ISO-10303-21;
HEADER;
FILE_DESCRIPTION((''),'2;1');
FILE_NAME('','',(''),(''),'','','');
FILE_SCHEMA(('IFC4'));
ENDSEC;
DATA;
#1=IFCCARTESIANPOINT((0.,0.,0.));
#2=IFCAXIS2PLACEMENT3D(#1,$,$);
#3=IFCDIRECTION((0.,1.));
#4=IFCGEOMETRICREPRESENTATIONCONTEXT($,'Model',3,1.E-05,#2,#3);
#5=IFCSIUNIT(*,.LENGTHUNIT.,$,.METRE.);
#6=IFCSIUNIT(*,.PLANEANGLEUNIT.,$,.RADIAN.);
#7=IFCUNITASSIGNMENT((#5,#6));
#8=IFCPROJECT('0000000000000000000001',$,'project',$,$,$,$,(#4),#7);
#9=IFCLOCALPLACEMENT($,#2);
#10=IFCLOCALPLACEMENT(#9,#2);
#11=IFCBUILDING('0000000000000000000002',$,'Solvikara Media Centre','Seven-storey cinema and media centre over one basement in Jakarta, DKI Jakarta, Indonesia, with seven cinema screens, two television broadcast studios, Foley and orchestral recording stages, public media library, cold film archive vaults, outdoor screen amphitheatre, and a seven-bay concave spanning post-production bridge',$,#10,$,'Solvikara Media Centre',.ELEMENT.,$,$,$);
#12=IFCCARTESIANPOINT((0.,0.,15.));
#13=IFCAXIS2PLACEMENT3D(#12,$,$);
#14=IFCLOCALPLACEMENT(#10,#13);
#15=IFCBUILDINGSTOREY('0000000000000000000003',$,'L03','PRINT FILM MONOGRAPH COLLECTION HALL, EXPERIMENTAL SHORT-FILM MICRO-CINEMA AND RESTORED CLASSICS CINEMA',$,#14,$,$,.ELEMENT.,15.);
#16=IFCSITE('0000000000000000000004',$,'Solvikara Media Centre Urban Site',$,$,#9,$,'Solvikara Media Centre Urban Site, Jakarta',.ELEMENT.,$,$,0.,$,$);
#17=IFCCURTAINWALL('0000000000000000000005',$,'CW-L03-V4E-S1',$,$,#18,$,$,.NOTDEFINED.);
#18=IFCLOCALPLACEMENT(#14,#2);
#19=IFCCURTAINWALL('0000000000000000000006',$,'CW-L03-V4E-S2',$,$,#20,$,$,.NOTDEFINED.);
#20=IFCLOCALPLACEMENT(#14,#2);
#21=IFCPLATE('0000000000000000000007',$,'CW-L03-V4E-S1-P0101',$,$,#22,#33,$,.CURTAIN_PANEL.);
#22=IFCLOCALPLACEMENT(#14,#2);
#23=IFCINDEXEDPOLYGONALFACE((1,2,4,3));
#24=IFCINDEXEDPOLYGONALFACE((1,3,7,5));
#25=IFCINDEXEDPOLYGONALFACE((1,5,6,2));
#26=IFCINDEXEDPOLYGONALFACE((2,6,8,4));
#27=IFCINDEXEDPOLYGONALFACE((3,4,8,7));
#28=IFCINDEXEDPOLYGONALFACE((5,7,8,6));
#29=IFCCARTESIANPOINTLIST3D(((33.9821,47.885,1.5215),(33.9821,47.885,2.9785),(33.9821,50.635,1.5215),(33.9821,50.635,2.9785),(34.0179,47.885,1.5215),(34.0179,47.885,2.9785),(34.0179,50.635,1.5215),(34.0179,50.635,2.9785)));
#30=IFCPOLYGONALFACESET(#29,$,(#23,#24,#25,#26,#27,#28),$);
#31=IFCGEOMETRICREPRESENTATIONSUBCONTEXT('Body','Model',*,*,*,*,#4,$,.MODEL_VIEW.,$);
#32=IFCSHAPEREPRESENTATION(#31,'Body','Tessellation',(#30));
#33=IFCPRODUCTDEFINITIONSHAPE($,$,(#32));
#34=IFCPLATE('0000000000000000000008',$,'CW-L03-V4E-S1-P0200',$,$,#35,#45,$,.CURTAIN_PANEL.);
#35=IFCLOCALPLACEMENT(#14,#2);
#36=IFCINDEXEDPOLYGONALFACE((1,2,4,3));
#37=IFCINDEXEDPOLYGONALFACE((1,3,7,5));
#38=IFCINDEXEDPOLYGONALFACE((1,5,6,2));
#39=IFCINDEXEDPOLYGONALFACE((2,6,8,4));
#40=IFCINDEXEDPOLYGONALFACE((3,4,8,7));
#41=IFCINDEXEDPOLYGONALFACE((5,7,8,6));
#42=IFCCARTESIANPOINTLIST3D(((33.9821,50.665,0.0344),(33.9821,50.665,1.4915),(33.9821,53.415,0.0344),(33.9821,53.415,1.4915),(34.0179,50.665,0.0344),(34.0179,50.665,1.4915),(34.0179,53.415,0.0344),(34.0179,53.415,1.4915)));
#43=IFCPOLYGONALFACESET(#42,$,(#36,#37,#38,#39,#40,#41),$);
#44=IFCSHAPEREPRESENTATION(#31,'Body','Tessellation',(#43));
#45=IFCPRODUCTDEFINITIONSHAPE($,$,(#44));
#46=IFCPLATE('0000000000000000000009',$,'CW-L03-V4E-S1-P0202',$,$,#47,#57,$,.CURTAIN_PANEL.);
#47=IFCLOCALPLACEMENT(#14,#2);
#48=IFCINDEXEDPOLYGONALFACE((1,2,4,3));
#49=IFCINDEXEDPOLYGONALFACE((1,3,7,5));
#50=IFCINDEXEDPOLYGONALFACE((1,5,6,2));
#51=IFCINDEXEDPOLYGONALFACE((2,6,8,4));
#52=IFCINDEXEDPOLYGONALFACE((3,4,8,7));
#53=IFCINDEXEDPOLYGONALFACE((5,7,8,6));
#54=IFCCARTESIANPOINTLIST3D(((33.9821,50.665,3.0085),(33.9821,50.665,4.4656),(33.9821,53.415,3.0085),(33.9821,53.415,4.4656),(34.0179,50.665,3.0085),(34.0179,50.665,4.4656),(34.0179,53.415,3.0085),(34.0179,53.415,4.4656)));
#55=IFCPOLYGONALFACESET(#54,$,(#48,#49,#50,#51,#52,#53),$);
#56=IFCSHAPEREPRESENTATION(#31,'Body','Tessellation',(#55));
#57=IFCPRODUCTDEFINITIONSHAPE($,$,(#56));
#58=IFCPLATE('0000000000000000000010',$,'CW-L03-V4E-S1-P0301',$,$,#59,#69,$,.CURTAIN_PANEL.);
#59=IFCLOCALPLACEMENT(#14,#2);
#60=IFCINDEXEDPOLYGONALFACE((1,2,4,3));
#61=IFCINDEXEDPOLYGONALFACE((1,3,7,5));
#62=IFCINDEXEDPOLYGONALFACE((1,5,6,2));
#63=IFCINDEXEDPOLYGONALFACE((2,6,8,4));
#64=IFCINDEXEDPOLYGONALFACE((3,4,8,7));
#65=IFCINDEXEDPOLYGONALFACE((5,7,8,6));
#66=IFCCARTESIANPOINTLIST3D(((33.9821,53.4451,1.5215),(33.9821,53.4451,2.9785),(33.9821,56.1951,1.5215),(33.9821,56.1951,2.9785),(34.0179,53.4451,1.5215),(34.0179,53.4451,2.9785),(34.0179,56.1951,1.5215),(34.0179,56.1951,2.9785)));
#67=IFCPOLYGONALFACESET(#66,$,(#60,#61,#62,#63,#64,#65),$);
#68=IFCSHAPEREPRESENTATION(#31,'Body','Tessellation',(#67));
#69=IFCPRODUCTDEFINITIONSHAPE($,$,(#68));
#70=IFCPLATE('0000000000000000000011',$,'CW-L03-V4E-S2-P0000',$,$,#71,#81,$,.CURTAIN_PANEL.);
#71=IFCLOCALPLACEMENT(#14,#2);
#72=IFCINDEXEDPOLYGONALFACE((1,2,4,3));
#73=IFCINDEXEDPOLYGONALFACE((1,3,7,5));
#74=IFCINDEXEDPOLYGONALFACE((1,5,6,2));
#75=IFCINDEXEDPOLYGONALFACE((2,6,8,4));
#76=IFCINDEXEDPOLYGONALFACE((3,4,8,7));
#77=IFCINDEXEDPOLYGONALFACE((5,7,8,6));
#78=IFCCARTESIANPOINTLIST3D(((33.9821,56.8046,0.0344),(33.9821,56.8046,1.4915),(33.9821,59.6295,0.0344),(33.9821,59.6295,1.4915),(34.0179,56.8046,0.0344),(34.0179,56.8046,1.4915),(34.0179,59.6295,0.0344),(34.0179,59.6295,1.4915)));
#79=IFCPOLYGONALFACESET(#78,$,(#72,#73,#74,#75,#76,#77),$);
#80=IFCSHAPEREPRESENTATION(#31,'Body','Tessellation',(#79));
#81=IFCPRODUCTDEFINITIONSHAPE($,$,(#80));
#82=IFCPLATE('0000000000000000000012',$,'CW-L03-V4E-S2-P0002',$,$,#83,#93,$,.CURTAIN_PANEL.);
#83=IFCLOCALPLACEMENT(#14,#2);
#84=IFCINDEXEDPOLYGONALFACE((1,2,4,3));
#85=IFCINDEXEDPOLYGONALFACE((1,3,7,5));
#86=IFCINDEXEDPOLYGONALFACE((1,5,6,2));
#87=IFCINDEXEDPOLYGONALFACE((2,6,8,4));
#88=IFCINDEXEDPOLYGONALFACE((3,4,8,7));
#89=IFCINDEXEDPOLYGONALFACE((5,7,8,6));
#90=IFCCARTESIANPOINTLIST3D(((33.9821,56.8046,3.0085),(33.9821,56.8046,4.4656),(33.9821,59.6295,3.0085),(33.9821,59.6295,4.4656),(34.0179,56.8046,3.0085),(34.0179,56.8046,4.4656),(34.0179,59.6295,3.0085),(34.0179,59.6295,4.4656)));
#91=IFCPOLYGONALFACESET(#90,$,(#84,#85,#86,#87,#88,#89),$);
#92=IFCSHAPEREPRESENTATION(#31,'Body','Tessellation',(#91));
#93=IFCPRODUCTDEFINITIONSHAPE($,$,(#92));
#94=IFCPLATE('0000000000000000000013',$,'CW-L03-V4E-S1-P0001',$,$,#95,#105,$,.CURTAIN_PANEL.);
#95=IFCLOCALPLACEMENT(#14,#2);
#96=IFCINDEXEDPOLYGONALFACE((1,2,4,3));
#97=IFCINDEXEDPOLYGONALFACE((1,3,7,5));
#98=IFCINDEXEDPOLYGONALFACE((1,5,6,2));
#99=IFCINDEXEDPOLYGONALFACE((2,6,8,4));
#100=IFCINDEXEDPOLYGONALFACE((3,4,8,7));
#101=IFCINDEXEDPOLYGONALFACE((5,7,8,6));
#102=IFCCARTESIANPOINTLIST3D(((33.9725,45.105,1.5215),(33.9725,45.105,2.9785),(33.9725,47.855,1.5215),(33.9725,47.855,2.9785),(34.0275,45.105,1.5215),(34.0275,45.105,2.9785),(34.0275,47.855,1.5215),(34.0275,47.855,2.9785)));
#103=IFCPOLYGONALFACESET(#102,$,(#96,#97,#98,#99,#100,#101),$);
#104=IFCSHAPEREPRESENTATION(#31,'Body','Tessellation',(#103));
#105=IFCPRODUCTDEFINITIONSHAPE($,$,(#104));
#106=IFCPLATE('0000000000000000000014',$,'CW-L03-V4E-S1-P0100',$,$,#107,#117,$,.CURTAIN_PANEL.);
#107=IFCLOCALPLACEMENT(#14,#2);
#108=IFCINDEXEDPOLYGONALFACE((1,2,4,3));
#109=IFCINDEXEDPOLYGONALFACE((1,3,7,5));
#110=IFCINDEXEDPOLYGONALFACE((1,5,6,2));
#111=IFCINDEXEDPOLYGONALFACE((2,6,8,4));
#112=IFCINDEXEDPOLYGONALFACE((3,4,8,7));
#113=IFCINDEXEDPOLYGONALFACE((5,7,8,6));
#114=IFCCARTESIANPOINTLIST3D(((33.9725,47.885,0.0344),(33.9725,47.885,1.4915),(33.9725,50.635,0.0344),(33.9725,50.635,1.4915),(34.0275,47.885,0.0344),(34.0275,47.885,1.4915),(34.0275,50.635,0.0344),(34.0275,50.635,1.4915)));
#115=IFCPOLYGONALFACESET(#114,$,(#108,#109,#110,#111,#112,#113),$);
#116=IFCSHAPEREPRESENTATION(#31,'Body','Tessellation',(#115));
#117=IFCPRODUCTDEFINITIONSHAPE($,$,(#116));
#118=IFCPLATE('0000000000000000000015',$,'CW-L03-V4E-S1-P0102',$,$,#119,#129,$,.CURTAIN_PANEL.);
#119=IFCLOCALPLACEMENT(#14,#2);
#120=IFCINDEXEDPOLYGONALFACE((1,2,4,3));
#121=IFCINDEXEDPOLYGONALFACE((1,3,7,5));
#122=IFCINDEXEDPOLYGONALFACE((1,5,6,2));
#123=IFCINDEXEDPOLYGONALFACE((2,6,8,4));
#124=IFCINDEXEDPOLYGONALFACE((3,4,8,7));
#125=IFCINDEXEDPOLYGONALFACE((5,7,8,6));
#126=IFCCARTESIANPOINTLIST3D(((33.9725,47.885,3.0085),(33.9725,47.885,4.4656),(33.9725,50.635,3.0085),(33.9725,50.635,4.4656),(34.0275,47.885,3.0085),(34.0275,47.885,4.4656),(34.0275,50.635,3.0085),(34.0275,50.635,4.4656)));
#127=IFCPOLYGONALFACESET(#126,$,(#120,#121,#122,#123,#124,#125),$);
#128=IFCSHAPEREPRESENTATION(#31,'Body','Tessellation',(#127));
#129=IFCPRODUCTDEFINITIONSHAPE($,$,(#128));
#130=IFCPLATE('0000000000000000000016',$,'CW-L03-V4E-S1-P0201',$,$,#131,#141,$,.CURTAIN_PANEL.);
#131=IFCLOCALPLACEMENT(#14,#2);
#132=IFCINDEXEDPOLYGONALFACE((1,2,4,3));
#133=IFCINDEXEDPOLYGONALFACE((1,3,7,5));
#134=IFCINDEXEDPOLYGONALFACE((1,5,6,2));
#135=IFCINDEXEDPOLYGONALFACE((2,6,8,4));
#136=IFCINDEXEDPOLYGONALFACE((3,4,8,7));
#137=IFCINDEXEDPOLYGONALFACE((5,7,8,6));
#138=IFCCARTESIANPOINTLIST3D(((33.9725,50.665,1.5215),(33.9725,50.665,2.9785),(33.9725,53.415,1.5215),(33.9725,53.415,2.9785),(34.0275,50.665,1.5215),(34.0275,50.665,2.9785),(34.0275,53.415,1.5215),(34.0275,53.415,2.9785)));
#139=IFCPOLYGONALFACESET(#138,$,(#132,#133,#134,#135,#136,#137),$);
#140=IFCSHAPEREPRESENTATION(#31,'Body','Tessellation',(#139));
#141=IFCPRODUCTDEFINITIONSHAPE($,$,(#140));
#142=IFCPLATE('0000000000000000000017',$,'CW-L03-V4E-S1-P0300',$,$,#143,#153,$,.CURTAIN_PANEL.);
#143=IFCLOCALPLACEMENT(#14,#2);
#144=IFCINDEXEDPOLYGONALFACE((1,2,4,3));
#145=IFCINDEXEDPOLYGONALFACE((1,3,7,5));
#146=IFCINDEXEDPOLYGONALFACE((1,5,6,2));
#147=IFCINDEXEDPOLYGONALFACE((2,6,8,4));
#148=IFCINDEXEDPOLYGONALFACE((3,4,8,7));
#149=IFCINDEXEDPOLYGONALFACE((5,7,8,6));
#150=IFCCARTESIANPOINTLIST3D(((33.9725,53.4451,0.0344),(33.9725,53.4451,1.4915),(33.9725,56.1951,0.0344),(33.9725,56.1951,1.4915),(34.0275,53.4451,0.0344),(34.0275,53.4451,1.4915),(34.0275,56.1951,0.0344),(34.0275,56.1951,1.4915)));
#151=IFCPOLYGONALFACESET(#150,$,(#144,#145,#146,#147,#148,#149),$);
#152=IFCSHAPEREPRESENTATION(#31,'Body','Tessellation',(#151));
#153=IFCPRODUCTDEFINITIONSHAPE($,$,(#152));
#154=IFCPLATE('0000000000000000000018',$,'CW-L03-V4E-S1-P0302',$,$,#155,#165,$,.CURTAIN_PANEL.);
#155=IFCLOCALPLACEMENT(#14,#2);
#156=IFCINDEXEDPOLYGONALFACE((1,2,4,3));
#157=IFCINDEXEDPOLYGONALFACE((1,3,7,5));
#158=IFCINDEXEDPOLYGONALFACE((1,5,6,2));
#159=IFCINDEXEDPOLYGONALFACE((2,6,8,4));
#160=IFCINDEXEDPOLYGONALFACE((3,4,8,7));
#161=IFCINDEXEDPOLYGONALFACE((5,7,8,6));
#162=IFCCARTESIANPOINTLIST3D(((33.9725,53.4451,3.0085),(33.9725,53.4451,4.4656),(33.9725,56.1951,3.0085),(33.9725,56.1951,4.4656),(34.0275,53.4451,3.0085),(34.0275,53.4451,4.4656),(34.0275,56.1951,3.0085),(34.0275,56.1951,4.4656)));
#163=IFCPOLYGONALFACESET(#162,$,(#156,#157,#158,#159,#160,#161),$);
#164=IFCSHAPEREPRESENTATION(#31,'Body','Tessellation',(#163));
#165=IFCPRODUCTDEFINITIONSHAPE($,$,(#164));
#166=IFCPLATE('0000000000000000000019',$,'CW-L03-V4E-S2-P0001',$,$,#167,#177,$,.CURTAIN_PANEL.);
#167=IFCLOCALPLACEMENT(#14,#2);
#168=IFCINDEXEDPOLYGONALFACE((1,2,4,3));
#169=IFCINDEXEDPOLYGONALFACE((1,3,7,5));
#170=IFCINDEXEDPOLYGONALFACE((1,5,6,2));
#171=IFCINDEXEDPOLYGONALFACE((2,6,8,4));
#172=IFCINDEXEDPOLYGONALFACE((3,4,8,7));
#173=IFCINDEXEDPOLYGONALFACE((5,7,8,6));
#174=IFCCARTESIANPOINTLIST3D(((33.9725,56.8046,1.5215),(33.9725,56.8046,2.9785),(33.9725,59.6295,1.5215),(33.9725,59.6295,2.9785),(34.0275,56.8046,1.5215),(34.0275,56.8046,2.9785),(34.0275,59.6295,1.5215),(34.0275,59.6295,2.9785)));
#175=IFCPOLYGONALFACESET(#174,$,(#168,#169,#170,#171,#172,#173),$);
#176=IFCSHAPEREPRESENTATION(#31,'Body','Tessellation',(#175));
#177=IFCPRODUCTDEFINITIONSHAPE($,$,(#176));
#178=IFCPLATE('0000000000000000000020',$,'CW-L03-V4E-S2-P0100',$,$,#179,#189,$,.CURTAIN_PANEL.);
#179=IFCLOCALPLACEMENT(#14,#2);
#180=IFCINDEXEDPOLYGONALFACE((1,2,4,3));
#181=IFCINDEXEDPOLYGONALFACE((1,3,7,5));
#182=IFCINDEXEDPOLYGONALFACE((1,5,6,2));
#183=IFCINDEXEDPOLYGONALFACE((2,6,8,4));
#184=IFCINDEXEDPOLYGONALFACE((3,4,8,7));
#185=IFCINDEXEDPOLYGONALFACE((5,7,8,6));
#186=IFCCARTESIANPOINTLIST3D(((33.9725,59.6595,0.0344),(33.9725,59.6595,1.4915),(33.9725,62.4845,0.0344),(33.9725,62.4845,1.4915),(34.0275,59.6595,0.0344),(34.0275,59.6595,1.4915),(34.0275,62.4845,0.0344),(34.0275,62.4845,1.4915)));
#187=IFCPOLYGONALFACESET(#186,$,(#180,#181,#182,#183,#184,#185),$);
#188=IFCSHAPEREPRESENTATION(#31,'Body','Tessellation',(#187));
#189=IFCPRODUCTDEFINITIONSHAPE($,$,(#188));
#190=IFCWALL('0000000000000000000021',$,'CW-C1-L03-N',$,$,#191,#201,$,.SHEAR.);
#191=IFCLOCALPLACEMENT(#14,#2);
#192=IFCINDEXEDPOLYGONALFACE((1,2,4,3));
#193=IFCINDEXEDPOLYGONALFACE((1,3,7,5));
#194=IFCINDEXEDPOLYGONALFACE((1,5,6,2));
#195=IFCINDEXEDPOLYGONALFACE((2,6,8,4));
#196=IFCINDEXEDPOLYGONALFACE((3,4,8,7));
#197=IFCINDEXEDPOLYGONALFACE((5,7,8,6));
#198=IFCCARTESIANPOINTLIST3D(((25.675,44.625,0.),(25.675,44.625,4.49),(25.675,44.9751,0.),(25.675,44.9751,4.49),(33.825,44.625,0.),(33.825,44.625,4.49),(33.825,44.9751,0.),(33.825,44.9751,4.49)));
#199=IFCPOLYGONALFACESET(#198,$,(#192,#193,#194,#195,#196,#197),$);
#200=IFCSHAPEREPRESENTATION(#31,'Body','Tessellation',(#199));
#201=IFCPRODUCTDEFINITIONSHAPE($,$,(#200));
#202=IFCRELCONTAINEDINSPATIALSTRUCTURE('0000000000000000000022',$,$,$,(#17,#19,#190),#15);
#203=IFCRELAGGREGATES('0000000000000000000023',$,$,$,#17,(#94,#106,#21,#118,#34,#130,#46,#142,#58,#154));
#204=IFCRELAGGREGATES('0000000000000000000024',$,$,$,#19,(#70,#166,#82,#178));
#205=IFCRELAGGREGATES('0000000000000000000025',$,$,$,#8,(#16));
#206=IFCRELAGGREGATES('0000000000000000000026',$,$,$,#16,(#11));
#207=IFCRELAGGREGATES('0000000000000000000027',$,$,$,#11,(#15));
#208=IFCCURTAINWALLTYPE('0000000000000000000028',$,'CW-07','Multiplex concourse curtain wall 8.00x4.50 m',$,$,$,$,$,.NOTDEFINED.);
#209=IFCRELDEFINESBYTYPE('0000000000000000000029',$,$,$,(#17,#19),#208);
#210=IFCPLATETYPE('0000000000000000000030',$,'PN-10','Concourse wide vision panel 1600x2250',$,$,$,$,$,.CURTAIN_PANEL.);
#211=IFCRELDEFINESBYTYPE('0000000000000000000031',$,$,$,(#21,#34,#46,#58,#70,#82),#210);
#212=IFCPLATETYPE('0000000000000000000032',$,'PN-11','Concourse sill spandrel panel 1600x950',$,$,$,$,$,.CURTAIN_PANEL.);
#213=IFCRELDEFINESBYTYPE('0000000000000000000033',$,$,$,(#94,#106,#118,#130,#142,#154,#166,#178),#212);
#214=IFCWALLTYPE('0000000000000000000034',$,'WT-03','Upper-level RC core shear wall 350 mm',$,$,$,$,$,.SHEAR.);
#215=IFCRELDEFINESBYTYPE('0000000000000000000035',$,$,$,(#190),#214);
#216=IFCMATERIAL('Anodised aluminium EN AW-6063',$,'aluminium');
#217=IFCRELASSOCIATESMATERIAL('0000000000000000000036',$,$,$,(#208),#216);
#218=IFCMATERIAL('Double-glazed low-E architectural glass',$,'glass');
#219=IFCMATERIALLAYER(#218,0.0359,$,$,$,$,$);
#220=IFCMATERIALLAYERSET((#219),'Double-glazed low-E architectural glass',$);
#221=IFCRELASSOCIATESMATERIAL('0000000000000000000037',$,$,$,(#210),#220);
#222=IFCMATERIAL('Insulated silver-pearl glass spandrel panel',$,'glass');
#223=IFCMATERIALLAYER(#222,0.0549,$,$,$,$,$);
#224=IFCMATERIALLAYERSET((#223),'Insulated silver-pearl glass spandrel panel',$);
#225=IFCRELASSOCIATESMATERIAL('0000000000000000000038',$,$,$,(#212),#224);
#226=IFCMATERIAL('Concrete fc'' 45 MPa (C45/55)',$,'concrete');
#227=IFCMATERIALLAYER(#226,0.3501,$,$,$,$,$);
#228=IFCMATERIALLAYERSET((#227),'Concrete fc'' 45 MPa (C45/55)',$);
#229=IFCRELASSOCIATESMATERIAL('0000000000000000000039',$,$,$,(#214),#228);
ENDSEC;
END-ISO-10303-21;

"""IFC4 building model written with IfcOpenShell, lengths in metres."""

from ifc_helpers import new_model, si_unit, direction, frame, frame_2d, origin, origin_2d, place, context, subcontext, project, spatial, rectangle, extrude, material, layer, layer_set, type_object, element, aggregate, save


model = new_model("IFC4")

# Units and contexts
model_context = context("Model", 3, precision=1e-05, world=origin(), true_north=direction((0.0, 1.0)))
body_context = subcontext(model_context, "Body", "Model", "MODEL_VIEW")
ifc_project = project(units=[si_unit("LENGTHUNIT", "METRE"), si_unit("PLANEANGLEUNIT", "RADIAN")], contexts=[model_context])

# Site, building, storey
site_placement = place(None, origin())
site = spatial("IfcSite", under=ifc_project, at=site_placement, Name="Solvikara Media Centre Urban Site", LongName="Solvikara Media Centre Urban Site, Jakarta", CompositionType="ELEMENT", RefElevation=0.0)
building_placement = place(site_placement, origin())
building = spatial("IfcBuilding", under=site, at=building_placement, Name="Solvikara Media Centre", Description="Seven-storey cinema and media centre over one basement in Jakarta, DKI Jakarta, Indonesia, with seven cinema screens, two television broadcast studios, Foley and orchestral recording stages, public media library, cold film archive vaults, outdoor screen amphitheatre, and a seven-bay concave spanning post-production bridge", LongName="Solvikara Media Centre", CompositionType="ELEMENT")
storey_placement = place(building_placement, frame((0.0, 0.0, 15.0)))
storey = spatial("IfcBuildingStorey", under=building, at=storey_placement, Name="L03", Description="PRINT FILM MONOGRAPH COLLECTION HALL, EXPERIMENTAL SHORT-FILM MICRO-CINEMA AND RESTORED CLASSICS CINEMA", CompositionType="ELEMENT", Elevation=15.0)

# Curtain walls
ifc_material_1 = material(Name="Anodised aluminium EN AW-6063", Category="aluminium")
curtain_wall_type = type_object("IfcCurtainWallType", Name="CW-07", Description="Multiplex concourse curtain wall 8.00x4.50 m", PredefinedType="NOTDEFINED", material=ifc_material_1)
curtain_wall_1_placement = place(storey_placement, origin())
curtain_wall_1 = element("IfcCurtainWall", 1, at=curtain_wall_1_placement, inside=storey, type_object=curtain_wall_type, Name="CW-L03-V4E-S1", PredefinedType="NOTDEFINED")
curtain_wall_2_placement = place(storey_placement, origin())
curtain_wall_2 = element("IfcCurtainWall", 2, at=curtain_wall_2_placement, inside=storey, type_object=curtain_wall_type, Name="CW-L03-V4E-S2", PredefinedType="NOTDEFINED")

# Plates
ifc_material_2 = material(Name="Double-glazed low-E architectural glass", Category="glass")
ifc_layer_1 = layer(ifc_material_2, 0.0359)
ifc_layer_set_1 = layer_set([ifc_layer_1], Name="Double-glazed low-E architectural glass")
plate_type_1 = type_object("IfcPlateType", Name="PN-10", Description="Concourse wide vision panel 1600x2250", PredefinedType="CURTAIN_PANEL", material=ifc_layer_set_1)
plate_1_placement = place(storey_placement, frame((34.0, 49.26, 1.5215), z_axis=(0.0, 0.0, 1.0), x_axis=(0.0, 1.0, 0.0)))
plate_1 = element("IfcPlate", 3, at=plate_1_placement, type_object=plate_type_1, Name="CW-L03-V4E-S1-P0101", PredefinedType="CURTAIN_PANEL", context=body_context, shape_type="SweptSolid", body=[
    extrude(rectangle(XDim=2.75, YDim=0.0359, at=origin_2d()), origin(), (0.0, 0.0, 1.0), 1.457),
])
plate_2_placement = place(storey_placement, frame((34.0, 52.04, 0.0344), z_axis=(0.0, 0.0, 1.0), x_axis=(0.0, 1.0, 0.0)))
plate_2 = element("IfcPlate", 4, at=plate_2_placement, type_object=plate_type_1, Name="CW-L03-V4E-S1-P0200", PredefinedType="CURTAIN_PANEL", context=body_context, shape_type="SweptSolid", body=[
    extrude(rectangle(XDim=2.75, YDim=0.0359, at=origin_2d()), origin(), (0.0, 0.0, 1.0), 1.457),
])
plate_3_placement = place(storey_placement, frame((34.0, 52.04, 3.0085), z_axis=(0.0, 0.0, 1.0), x_axis=(0.0, 1.0, 0.0)))
plate_3 = element("IfcPlate", 5, at=plate_3_placement, type_object=plate_type_1, Name="CW-L03-V4E-S1-P0202", PredefinedType="CURTAIN_PANEL", context=body_context, shape_type="SweptSolid", body=[
    extrude(rectangle(XDim=2.75, YDim=0.0359, at=origin_2d()), origin(), (0.0, 0.0, 1.0), 1.457),
])
plate_4_placement = place(storey_placement, frame((34.0, 54.8201, 1.5215), z_axis=(0.0, 0.0, 1.0), x_axis=(0.0, 1.0, 0.0)))
plate_4 = element("IfcPlate", 6, at=plate_4_placement, type_object=plate_type_1, Name="CW-L03-V4E-S1-P0301", PredefinedType="CURTAIN_PANEL", context=body_context, shape_type="SweptSolid", body=[
    extrude(rectangle(XDim=2.75, YDim=0.0359, at=origin_2d()), origin(), (0.0, 0.0, 1.0), 1.457),
])
plate_5_placement = place(storey_placement, frame((34.0, 58.217, 0.0344), z_axis=(0.0, 0.0, 1.0), x_axis=(0.0, 1.0, 0.0)))
plate_5 = element("IfcPlate", 7, at=plate_5_placement, type_object=plate_type_1, Name="CW-L03-V4E-S2-P0000", PredefinedType="CURTAIN_PANEL", context=body_context, shape_type="SweptSolid", body=[
    extrude(rectangle(XDim=2.825, YDim=0.0359, at=origin_2d()), origin(), (0.0, 0.0, 1.0), 1.457),
])
plate_6_placement = place(storey_placement, frame((34.0, 58.217, 3.0085), z_axis=(0.0, 0.0, 1.0), x_axis=(0.0, 1.0, 0.0)))
plate_6 = element("IfcPlate", 8, at=plate_6_placement, type_object=plate_type_1, Name="CW-L03-V4E-S2-P0002", PredefinedType="CURTAIN_PANEL", context=body_context, shape_type="SweptSolid", body=[
    extrude(rectangle(XDim=2.825, YDim=0.0359, at=origin_2d()), origin(), (0.0, 0.0, 1.0), 1.457),
])
ifc_material_3 = material(Name="Insulated silver-pearl glass spandrel panel", Category="glass")
ifc_layer_2 = layer(ifc_material_3, 0.0549)
ifc_layer_set_2 = layer_set([ifc_layer_2], Name="Insulated silver-pearl glass spandrel panel")
plate_type_2 = type_object("IfcPlateType", Name="PN-11", Description="Concourse sill spandrel panel 1600x950", PredefinedType="CURTAIN_PANEL", material=ifc_layer_set_2)
plate_7_placement = place(storey_placement, frame((34.0, 46.48, 1.5215), z_axis=(0.0, 0.0, 1.0), x_axis=(0.0, 1.0, 0.0)))
plate_7 = element("IfcPlate", 9, at=plate_7_placement, type_object=plate_type_2, Name="CW-L03-V4E-S1-P0001", PredefinedType="CURTAIN_PANEL", context=body_context, shape_type="SweptSolid", body=[
    extrude(rectangle(XDim=2.75, YDim=0.0549, at=origin_2d()), origin(), (0.0, 0.0, 1.0), 1.457),
])
plate_8_placement = place(storey_placement, frame((34.0, 49.26, 0.0344), z_axis=(0.0, 0.0, 1.0), x_axis=(0.0, 1.0, 0.0)))
plate_8 = element("IfcPlate", 10, at=plate_8_placement, type_object=plate_type_2, Name="CW-L03-V4E-S1-P0100", PredefinedType="CURTAIN_PANEL", context=body_context, shape_type="SweptSolid", body=[
    extrude(rectangle(XDim=2.75, YDim=0.0549, at=origin_2d()), origin(), (0.0, 0.0, 1.0), 1.457),
])
plate_9_placement = place(storey_placement, frame((34.0, 49.26, 3.0085), z_axis=(0.0, 0.0, 1.0), x_axis=(0.0, 1.0, 0.0)))
plate_9 = element("IfcPlate", 11, at=plate_9_placement, type_object=plate_type_2, Name="CW-L03-V4E-S1-P0102", PredefinedType="CURTAIN_PANEL", context=body_context, shape_type="SweptSolid", body=[
    extrude(rectangle(XDim=2.75, YDim=0.0549, at=origin_2d()), origin(), (0.0, 0.0, 1.0), 1.457),
])
plate_10_placement = place(storey_placement, frame((34.0, 52.04, 1.5215), z_axis=(0.0, 0.0, 1.0), x_axis=(0.0, 1.0, 0.0)))
plate_10 = element("IfcPlate", 12, at=plate_10_placement, type_object=plate_type_2, Name="CW-L03-V4E-S1-P0201", PredefinedType="CURTAIN_PANEL", context=body_context, shape_type="SweptSolid", body=[
    extrude(rectangle(XDim=2.75, YDim=0.0549, at=origin_2d()), origin(), (0.0, 0.0, 1.0), 1.457),
])
plate_11_placement = place(storey_placement, frame((34.0, 54.8201, 0.0344), z_axis=(0.0, 0.0, 1.0), x_axis=(0.0, 1.0, 0.0)))
plate_11 = element("IfcPlate", 13, at=plate_11_placement, type_object=plate_type_2, Name="CW-L03-V4E-S1-P0300", PredefinedType="CURTAIN_PANEL", context=body_context, shape_type="SweptSolid", body=[
    extrude(rectangle(XDim=2.75, YDim=0.0549, at=origin_2d()), origin(), (0.0, 0.0, 1.0), 1.457),
])
plate_12_placement = place(storey_placement, frame((34.0, 54.8201, 3.0085), z_axis=(0.0, 0.0, 1.0), x_axis=(0.0, 1.0, 0.0)))
plate_12 = element("IfcPlate", 14, at=plate_12_placement, type_object=plate_type_2, Name="CW-L03-V4E-S1-P0302", PredefinedType="CURTAIN_PANEL", context=body_context, shape_type="SweptSolid", body=[
    extrude(rectangle(XDim=2.75, YDim=0.0549, at=origin_2d()), origin(), (0.0, 0.0, 1.0), 1.457),
])
aggregate(curtain_wall_1, [plate_7, plate_8, plate_1, plate_9, plate_2, plate_10, plate_3, plate_11, plate_4, plate_12])
plate_13_placement = place(storey_placement, frame((34.0, 58.217, 1.5215), z_axis=(0.0, 0.0, 1.0), x_axis=(0.0, 1.0, 0.0)))
plate_13 = element("IfcPlate", 15, at=plate_13_placement, type_object=plate_type_2, Name="CW-L03-V4E-S2-P0001", PredefinedType="CURTAIN_PANEL", context=body_context, shape_type="SweptSolid", body=[
    extrude(rectangle(XDim=2.825, YDim=0.0549, at=origin_2d()), origin(), (0.0, 0.0, 1.0), 1.457),
])
plate_14_placement = place(storey_placement, frame((34.0, 61.072, 0.0344), z_axis=(0.0, 0.0, 1.0), x_axis=(0.0, 1.0, 0.0)))
plate_14 = element("IfcPlate", 16, at=plate_14_placement, type_object=plate_type_2, Name="CW-L03-V4E-S2-P0100", PredefinedType="CURTAIN_PANEL", context=body_context, shape_type="SweptSolid", body=[
    extrude(rectangle(XDim=2.825, YDim=0.0549, at=origin_2d()), origin(), (0.0, 0.0, 1.0), 1.457),
])
aggregate(curtain_wall_2, [plate_5, plate_13, plate_6, plate_14])

# Wall
ifc_material_4 = material(Name="Concrete fc' 45 MPa (C45/55)", Category="concrete")
ifc_layer_3 = layer(ifc_material_4, 0.3501)
ifc_layer_set_3 = layer_set([ifc_layer_3], Name="Concrete fc' 45 MPa (C45/55)")
wall_type = type_object("IfcWallType", Name="WT-03", Description="Upper-level RC core shear wall 350 mm", PredefinedType="SHEAR", material=ifc_layer_set_3)
wall_placement = place(storey_placement, frame((25.675, 44.8, 0.0), z_axis=(0.0, 0.0, 1.0), x_axis=(1.0, 0.0, 0.0)))
element("IfcWall", 17, at=wall_placement, inside=storey, type_object=wall_type, Name="CW-C1-L03-N", PredefinedType="SHEAR", context=body_context, shape_type="SweptSolid", body=[
    extrude(rectangle(XDim=8.1499, YDim=0.3501, at=frame_2d((4.075, 0.0))), origin(), (0.0, 0.0, 1.0), 4.49),
])

save(model, "model.ifc")
